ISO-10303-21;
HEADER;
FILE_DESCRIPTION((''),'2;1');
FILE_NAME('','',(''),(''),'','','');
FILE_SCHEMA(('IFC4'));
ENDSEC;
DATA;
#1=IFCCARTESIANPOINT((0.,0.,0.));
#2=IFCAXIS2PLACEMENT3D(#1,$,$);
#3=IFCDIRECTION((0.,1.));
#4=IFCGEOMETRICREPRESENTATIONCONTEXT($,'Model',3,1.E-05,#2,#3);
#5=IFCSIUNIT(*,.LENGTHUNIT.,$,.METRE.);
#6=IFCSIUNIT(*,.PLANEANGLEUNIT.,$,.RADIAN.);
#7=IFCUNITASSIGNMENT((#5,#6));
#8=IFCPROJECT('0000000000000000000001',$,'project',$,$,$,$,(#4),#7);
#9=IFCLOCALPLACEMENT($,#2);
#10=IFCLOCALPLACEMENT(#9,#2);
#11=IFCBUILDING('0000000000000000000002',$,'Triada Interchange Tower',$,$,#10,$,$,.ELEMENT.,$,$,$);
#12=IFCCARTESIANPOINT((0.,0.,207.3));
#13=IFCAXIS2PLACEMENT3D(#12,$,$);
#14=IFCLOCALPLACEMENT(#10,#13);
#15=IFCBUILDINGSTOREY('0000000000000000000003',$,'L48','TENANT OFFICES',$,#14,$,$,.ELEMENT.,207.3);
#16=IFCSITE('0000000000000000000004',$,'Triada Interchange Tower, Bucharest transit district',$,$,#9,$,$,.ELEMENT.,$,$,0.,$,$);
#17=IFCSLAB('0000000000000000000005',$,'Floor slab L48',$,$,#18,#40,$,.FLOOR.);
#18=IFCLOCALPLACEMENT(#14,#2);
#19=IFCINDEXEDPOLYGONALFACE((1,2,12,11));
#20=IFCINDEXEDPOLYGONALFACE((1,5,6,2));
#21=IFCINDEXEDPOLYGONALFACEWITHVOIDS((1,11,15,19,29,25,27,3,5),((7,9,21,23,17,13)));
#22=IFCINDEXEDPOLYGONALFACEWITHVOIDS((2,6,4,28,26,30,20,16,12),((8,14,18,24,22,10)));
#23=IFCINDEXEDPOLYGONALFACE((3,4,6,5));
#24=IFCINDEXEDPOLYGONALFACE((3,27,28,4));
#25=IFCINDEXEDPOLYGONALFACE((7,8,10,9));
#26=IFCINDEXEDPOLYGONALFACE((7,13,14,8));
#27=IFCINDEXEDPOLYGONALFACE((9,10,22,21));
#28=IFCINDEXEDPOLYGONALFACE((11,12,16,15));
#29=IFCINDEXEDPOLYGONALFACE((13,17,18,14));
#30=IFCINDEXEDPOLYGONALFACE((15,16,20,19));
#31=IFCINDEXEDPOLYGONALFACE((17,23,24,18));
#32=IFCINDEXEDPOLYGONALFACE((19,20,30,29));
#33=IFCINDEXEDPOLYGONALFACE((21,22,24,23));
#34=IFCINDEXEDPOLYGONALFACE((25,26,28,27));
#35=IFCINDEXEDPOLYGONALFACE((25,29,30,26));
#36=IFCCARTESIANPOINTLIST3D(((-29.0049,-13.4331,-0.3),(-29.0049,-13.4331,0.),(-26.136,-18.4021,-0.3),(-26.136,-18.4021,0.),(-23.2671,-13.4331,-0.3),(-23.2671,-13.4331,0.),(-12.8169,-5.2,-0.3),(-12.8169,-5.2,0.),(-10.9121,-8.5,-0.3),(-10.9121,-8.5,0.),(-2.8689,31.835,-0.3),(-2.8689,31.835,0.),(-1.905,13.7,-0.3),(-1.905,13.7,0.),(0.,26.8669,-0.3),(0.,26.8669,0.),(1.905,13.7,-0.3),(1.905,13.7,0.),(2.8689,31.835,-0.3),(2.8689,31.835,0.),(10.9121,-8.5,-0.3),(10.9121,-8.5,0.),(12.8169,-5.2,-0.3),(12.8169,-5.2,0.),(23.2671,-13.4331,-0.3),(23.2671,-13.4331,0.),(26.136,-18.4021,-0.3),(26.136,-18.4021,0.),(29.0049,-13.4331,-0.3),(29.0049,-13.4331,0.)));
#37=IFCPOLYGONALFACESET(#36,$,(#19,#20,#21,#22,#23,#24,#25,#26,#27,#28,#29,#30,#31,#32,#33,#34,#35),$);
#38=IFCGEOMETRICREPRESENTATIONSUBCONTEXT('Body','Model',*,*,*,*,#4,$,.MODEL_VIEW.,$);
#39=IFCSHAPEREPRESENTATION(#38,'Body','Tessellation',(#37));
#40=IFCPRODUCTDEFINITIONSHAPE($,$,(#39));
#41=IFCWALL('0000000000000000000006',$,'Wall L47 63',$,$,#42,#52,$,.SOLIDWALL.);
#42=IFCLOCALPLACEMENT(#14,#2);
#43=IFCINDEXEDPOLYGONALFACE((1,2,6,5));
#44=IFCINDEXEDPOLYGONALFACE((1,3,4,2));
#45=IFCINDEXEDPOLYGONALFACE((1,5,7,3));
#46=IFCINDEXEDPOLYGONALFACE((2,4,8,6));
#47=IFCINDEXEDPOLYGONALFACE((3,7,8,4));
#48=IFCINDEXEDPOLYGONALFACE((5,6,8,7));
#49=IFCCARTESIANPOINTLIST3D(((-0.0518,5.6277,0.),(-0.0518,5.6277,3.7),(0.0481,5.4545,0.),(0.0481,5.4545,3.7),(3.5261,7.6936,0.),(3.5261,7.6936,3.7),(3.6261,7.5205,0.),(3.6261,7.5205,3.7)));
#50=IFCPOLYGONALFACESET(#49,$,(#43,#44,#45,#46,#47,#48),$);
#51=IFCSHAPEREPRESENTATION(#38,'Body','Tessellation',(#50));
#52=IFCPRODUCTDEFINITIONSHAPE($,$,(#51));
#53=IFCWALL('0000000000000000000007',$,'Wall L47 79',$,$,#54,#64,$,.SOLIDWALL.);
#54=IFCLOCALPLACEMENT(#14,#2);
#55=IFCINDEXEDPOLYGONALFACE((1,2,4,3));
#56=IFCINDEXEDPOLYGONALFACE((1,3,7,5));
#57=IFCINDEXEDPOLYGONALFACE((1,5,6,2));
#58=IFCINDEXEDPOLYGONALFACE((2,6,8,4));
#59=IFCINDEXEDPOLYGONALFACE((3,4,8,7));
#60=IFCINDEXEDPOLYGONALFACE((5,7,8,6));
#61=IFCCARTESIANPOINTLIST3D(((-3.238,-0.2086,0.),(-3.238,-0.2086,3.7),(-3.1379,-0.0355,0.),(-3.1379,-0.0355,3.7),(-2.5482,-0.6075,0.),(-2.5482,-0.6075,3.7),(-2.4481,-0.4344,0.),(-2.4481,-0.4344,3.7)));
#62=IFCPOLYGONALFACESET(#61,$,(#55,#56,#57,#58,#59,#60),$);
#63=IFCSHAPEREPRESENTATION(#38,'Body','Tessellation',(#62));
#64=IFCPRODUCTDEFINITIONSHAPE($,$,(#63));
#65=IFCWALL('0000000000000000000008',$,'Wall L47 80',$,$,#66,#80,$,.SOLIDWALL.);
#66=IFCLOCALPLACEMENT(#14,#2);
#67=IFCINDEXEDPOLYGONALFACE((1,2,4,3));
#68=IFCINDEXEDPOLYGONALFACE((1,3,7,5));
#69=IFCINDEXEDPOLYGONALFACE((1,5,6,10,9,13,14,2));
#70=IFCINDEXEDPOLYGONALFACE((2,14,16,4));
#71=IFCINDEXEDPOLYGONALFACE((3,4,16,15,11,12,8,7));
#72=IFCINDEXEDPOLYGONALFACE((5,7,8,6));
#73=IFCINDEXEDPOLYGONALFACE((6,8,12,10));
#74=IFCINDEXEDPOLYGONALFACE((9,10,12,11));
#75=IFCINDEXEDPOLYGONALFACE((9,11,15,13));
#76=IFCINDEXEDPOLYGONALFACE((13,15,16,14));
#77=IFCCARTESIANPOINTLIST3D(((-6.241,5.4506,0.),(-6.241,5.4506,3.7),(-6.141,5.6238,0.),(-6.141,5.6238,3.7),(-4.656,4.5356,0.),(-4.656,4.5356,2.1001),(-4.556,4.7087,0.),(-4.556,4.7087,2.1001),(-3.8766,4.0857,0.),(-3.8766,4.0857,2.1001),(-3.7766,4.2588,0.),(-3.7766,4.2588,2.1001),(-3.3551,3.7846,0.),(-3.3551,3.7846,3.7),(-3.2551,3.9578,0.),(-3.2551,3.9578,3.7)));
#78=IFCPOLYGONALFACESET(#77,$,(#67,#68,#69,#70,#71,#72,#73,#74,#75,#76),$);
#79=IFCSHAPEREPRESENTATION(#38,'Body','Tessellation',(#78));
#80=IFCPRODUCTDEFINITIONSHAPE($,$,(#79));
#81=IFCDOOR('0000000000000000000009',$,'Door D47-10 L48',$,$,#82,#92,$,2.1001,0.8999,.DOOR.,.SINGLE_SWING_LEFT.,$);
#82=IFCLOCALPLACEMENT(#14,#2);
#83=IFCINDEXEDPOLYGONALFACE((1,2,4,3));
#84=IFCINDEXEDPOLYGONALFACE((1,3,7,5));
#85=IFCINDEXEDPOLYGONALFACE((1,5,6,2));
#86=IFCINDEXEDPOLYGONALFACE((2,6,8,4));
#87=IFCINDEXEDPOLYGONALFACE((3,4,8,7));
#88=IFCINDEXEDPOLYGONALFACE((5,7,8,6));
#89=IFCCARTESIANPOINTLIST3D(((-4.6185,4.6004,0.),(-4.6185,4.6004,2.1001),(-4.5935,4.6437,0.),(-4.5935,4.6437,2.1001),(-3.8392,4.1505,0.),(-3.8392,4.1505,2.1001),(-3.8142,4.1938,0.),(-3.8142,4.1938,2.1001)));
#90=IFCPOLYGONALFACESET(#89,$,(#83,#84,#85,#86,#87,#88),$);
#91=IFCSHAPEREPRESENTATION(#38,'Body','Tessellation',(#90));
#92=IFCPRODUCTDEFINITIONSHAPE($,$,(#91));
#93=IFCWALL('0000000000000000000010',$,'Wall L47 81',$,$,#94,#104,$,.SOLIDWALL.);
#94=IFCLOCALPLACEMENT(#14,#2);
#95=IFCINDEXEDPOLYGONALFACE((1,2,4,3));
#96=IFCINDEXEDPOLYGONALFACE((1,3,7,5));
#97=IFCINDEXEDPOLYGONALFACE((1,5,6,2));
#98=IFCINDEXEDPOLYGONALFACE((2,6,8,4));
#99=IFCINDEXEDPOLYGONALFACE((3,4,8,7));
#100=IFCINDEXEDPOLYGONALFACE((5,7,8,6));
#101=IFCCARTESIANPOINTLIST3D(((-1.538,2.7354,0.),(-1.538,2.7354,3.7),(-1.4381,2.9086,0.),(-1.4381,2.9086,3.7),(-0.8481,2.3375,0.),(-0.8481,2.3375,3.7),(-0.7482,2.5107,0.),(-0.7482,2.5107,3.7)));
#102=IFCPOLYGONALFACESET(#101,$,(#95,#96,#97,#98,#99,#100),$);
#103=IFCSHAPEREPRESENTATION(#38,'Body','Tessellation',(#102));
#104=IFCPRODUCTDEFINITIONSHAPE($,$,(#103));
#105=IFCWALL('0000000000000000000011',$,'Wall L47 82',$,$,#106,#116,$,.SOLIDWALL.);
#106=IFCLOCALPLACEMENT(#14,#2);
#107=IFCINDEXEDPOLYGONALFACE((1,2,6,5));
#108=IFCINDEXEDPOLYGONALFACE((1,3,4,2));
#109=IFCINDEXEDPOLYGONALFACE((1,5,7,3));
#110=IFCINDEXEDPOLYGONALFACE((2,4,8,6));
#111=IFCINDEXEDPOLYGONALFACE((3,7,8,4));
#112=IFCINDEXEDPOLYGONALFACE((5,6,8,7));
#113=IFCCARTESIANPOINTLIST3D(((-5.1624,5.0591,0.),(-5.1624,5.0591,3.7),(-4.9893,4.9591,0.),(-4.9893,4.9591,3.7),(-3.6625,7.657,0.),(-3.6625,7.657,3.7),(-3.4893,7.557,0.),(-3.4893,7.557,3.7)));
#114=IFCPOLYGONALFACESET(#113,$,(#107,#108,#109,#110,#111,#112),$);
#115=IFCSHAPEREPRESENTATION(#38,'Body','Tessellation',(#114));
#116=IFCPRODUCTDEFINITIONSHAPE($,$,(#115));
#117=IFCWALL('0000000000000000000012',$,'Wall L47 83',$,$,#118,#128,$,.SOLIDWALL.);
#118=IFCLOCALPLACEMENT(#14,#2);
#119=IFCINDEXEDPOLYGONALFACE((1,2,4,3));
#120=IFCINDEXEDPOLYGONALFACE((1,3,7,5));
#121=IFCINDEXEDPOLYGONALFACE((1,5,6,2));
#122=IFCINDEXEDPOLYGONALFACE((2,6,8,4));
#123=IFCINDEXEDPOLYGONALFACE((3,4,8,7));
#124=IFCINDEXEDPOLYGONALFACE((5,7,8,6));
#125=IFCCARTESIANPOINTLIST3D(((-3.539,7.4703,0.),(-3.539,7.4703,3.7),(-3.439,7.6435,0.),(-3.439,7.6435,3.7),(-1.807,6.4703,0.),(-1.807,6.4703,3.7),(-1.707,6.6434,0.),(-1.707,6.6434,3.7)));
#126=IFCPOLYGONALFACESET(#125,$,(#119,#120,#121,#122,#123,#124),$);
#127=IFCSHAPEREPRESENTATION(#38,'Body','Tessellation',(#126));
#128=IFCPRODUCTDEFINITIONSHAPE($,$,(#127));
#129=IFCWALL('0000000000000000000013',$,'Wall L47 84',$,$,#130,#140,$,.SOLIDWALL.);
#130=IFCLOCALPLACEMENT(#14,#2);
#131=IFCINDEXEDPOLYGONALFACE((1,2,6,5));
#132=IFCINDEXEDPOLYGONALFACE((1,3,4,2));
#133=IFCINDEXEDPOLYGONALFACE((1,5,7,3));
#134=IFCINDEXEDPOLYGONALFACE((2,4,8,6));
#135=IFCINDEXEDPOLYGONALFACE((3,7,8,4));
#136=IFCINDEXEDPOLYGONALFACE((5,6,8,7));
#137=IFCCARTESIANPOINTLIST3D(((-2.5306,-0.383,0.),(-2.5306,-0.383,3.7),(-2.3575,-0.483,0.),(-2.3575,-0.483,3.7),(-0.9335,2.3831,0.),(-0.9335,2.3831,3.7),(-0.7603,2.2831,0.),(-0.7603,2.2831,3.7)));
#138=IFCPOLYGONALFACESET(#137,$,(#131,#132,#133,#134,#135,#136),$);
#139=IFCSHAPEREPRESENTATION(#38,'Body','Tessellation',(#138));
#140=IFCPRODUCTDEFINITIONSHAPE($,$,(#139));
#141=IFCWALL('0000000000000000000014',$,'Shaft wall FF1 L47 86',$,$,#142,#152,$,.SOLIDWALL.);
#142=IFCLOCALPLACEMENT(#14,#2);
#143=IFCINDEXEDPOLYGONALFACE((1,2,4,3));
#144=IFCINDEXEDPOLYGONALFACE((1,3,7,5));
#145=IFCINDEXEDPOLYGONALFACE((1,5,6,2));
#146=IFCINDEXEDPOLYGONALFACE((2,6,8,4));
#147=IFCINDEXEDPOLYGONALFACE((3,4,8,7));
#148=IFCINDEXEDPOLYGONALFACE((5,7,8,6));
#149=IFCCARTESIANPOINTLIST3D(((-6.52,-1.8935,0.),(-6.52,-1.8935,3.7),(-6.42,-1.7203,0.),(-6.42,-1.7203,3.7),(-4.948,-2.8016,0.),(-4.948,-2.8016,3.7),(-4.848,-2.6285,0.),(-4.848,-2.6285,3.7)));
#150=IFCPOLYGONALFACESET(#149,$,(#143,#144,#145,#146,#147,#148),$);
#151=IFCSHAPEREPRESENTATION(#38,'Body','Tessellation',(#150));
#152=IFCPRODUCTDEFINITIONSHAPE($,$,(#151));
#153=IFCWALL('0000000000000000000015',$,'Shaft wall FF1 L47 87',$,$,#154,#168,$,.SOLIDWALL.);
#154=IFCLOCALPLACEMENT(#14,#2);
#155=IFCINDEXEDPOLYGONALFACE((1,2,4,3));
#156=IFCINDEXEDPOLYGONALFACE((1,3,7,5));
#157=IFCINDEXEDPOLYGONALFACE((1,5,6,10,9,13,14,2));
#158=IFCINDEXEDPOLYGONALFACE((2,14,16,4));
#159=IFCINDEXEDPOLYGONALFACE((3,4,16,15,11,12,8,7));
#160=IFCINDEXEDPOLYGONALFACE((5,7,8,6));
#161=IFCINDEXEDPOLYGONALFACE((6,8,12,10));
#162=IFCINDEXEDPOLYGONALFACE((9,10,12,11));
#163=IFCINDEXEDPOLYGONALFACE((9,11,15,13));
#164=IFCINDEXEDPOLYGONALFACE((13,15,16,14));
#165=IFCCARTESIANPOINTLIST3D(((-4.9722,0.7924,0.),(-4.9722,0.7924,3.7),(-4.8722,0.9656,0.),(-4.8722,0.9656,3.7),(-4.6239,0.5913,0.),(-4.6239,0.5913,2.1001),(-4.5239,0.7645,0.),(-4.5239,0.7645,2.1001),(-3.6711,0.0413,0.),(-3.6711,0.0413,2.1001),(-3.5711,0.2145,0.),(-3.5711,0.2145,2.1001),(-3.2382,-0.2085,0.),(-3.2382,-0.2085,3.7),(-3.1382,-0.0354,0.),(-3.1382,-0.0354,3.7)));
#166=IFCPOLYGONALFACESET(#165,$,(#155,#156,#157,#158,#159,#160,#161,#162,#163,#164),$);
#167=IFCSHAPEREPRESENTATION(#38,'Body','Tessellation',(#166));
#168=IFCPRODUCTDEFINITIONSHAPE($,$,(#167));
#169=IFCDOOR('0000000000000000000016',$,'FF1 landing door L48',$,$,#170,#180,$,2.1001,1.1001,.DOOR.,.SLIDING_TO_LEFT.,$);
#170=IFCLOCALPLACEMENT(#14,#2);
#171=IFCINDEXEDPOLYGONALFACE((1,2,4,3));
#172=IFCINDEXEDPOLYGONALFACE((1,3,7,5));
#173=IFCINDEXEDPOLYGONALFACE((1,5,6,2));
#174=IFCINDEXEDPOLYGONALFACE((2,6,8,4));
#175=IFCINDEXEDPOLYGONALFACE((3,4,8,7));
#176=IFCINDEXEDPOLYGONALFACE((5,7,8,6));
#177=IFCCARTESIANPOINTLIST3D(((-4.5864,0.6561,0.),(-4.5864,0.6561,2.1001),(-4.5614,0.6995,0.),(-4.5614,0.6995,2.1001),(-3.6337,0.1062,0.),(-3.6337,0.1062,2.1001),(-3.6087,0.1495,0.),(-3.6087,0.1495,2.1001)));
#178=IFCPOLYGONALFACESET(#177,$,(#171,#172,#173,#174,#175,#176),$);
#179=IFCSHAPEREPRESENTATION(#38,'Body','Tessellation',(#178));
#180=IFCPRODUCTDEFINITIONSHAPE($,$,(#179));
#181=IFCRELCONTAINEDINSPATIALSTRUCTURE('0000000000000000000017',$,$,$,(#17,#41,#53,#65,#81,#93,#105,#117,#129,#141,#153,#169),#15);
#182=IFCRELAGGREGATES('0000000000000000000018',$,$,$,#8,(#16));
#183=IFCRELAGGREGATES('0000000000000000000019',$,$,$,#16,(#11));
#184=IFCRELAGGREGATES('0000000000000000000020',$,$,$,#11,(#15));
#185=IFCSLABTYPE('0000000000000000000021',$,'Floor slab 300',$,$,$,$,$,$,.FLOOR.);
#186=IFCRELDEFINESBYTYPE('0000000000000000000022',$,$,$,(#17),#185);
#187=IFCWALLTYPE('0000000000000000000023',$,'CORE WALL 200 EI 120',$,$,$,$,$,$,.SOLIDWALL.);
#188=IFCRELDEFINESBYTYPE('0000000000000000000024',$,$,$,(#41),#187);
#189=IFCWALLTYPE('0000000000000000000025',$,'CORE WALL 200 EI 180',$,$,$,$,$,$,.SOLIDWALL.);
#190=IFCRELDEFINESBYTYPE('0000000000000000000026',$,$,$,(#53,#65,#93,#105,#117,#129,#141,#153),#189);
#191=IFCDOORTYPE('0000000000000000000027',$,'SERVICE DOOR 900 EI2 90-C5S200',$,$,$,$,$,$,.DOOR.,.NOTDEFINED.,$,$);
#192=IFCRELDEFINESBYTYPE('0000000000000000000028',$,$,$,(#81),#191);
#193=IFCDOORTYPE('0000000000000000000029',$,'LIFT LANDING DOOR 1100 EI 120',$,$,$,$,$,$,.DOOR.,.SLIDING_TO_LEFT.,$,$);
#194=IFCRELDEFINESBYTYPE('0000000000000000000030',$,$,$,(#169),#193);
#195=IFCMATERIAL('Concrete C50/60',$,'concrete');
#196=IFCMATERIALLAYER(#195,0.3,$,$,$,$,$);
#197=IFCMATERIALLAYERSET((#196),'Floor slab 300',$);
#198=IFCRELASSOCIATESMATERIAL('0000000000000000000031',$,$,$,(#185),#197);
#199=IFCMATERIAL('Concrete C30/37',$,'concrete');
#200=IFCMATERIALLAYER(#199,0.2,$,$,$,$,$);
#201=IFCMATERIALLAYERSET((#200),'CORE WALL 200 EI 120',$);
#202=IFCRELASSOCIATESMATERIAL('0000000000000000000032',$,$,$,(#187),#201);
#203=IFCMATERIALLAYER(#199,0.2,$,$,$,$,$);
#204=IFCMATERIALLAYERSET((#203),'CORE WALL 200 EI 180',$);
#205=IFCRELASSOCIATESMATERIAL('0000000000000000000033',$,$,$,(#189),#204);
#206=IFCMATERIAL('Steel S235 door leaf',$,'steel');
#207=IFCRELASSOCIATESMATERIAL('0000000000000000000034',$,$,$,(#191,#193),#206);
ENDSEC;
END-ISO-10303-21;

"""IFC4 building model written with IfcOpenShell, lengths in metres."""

from ifc_helpers import new_model, si_unit, direction, frame, frame_2d, origin, place, context, subcontext, project, spatial, polyline, rectangle, outline, extrude, material, layer, layer_set, type_object, element, fill, save


model = new_model("IFC4")

# Units and contexts
model_context = context("Model", 3, precision=1e-05, world=origin(), true_north=direction((0.0, 1.0)))
body_context = subcontext(model_context, "Body", "Model", "MODEL_VIEW")
ifc_project = project(units=[si_unit("LENGTHUNIT", "METRE"), si_unit("PLANEANGLEUNIT", "RADIAN")], contexts=[model_context])

# Site, building, storey
site_placement = place(None, origin())
site = spatial("IfcSite", under=ifc_project, at=site_placement, Name="Triada Interchange Tower, Bucharest transit district", CompositionType="ELEMENT", RefElevation=0.0)
building_placement = place(site_placement, origin())
building = spatial("IfcBuilding", under=site, at=building_placement, Name="Triada Interchange Tower", CompositionType="ELEMENT")
storey_placement = place(building_placement, frame((0.0, 0.0, 207.3)))
storey = spatial("IfcBuildingStorey", under=building, at=storey_placement, Name="L48", Description="TENANT OFFICES", CompositionType="ELEMENT", Elevation=207.3)

# Slab
ifc_material_1 = material(Name="Concrete C50/60", Category="concrete")
ifc_layer_1 = layer(ifc_material_1, 0.3)
ifc_layer_set_1 = layer_set([ifc_layer_1], Name="Floor slab 300")
slab_type = type_object("IfcSlabType", Name="Floor slab 300", PredefinedType="FLOOR", material=ifc_layer_set_1)
slab_placement = place(storey_placement, frame((0.0, 0.0, -0.3)))
element("IfcSlab", 1, at=slab_placement, inside=storey, type_object=slab_type, Name="Floor slab L48", PredefinedType="FLOOR", context=body_context, shape_type="SweptSolid", body=[
    extrude(outline(polyline([(-2.8689, 31.835), (-29.0049, -13.4331), (-23.2671, -13.4331), (-26.136, -18.4021), (26.136, -18.4021), (23.2671, -13.4331), (29.0049, -13.4331), (2.8689, 31.835), (0.0, 26.8669), (-2.8689, 31.835)]), holes=[polyline([(1.905, 13.7), (-1.905, 13.7), (-12.8169, -5.2), (-10.9121, -8.5), (10.9121, -8.5), (12.8169, -5.2), (1.905, 13.7)])]), origin(), (0.0, 0.0, 1.0), 0.3),
])

# Walls
ifc_material_2 = material(Name="Concrete C30/37", Category="concrete")
ifc_layer_2 = layer(ifc_material_2, 0.2)
ifc_layer_set_2 = layer_set([ifc_layer_2], Name="CORE WALL 200 EI 120")
wall_type_1 = type_object("IfcWallType", Name="CORE WALL 200 EI 120", PredefinedType="SOLIDWALL", material=ifc_layer_set_2)
wall_1_placement = place(storey_placement, frame((-0.002, 5.541, 0.0), z_axis=(0.0, 0.0, 1.0), x_axis=(0.866002, 0.500041, 0.0)))
element("IfcWall", 2, at=wall_1_placement, inside=storey, type_object=wall_type_1, Name="Wall L47 63", PredefinedType="SOLIDWALL", context=body_context, shape_type="SweptSolid", body=[
    extrude(rectangle(XDim=4.1316, YDim=0.2, at=frame_2d((2.0659, 0.0))), origin(), (0.0, 0.0, 1.0), 3.7),
])
ifc_layer_3 = layer(ifc_material_2, 0.2)
ifc_layer_set_3 = layer_set([ifc_layer_3], Name="CORE WALL 200 EI 180")
wall_type_2 = type_object("IfcWallType", Name="CORE WALL 200 EI 180", PredefinedType="SOLIDWALL", material=ifc_layer_set_3)
wall_2_placement = place(storey_placement, frame((-3.188, -0.1221, 0.0), z_axis=(0.0, 0.0, 1.0), x_axis=(0.865706, -0.500553, 0.0)))
element("IfcWall", 3, at=wall_2_placement, inside=storey, type_object=wall_type_2, Name="Wall L47 79", PredefinedType="SOLIDWALL", context=body_context, shape_type="SweptSolid", body=[
    extrude(rectangle(XDim=0.7969, YDim=0.2, at=frame_2d((0.3984, 0.0))), origin(), (0.0, 0.0, 1.0), 3.7),
])

# Wall, opening, door
wall_3_placement = place(storey_placement, frame((-6.1909, 5.5371, 0.0), z_axis=(0.0, 0.0, 1.0), x_axis=(0.866053, -0.499953, 0.0)))
wall_3 = element("IfcWall", 4, at=wall_3_placement, inside=storey, type_object=wall_type_2, Name="Wall L47 80", PredefinedType="SOLIDWALL", context=body_context, shape_type="SweptSolid", body=[
    extrude(rectangle(XDim=3.3323, YDim=0.2, at=frame_2d((1.666, 0.0))), origin(), (0.0, 0.0, 1.0), 3.7),
])
opening_1_placement = place(wall_3_placement, frame((1.8301, 0.0, 0.0)))
opening_1 = element("IfcOpeningElement", 5, at=opening_1_placement, cuts=wall_3, PredefinedType="OPENING", context=body_context, shape_type="SweptSolid", body=[
    extrude(rectangle(XDim=0.8999, YDim=2.1001, at=frame_2d((0.45, 1.05))), frame((0.0, 0.1099, 0.0), z_axis=(0.0, -1.0, 0.0), x_axis=(1.0, 0.0, 0.0)), (0.0, 0.0, 1.0), 0.22),
])
ifc_material_3 = material(Name="Steel S235 door leaf", Category="steel")
door_type_1 = type_object("IfcDoorType", Name="SERVICE DOOR 900 EI2 90-C5S200", OperationType="NOTDEFINED", PredefinedType="DOOR", material=ifc_material_3)
door_1_placement = place(opening_1_placement, origin())
door_1 = element("IfcDoor", 6, at=door_1_placement, inside=storey, type_object=door_type_1, Name="Door D47-10 L48", OperationType="SINGLE_SWING_LEFT", OverallHeight=2.1001, OverallWidth=0.8999, PredefinedType="DOOR", context=body_context, shape_type="SweptSolid", body=[
    extrude(rectangle(XDim=0.8999, YDim=2.1001, at=frame_2d((0.45, 1.05))), frame((0.0, 0.0249, 0.0), z_axis=(0.0, -1.0, 0.0), x_axis=(1.0, 0.0, 0.0)), (0.0, 0.0, 1.0), 0.05),
])
fill(opening_1, door_1)

# Walls
wall_4_placement = place(storey_placement, frame((-1.488, 2.822, 0.0), z_axis=(0.0, 0.0, 1.0), x_axis=(0.866237, -0.499634, 0.0)))
element("IfcWall", 7, at=wall_4_placement, inside=storey, type_object=wall_type_2, Name="Wall L47 81", PredefinedType="SOLIDWALL", context=body_context, shape_type="SweptSolid", body=[
    extrude(rectangle(XDim=0.7964, YDim=0.2, at=frame_2d((0.3982, 0.0))), origin(), (0.0, 0.0, 1.0), 3.7),
])
wall_5_placement = place(storey_placement, frame((-5.0759, 5.009, 0.0), z_axis=(0.0, 0.0, 1.0), x_axis=(0.500025, 0.866011, 0.0)))
element("IfcWall", 8, at=wall_5_placement, inside=storey, type_object=wall_type_2, Name="Wall L47 82", PredefinedType="SOLIDWALL", context=body_context, shape_type="SweptSolid", body=[
    extrude(rectangle(XDim=2.9998, YDim=0.2, at=frame_2d((1.5, 0.0))), origin(), (0.0, 0.0, 1.0), 3.7),
])
wall_6_placement = place(storey_placement, frame((-3.489, 7.5569, 0.0), z_axis=(0.0, 0.0, 1.0), x_axis=(0.866011, -0.500025, 0.0)))
element("IfcWall", 9, at=wall_6_placement, inside=storey, type_object=wall_type_2, Name="Wall L47 83", PredefinedType="SOLIDWALL", context=body_context, shape_type="SweptSolid", body=[
    extrude(rectangle(XDim=2.0, YDim=0.2, at=frame_2d((1.0, 0.0))), origin(), (0.0, 0.0, 1.0), 3.7),
])
wall_7_placement = place(storey_placement, frame((-2.4441, -0.4331, 0.0), z_axis=(0.0, 0.0, 1.0), x_axis=(0.500036, 0.866005, 0.0)))
element("IfcWall", 10, at=wall_7_placement, inside=storey, type_object=wall_type_2, Name="Wall L47 84", PredefinedType="SOLIDWALL", context=body_context, shape_type="SweptSolid", body=[
    extrude(rectangle(XDim=3.1941, YDim=0.2, at=frame_2d((1.5972, 0.0))), origin(), (0.0, 0.0, 1.0), 3.7),
])
wall_8_placement = place(storey_placement, frame((-6.47, -1.8069, 0.0), z_axis=(0.0, 0.0, 1.0), x_axis=(0.865883, -0.500246, 0.0)))
element("IfcWall", 11, at=wall_8_placement, inside=storey, type_object=wall_type_2, Name="Shaft wall FF1 L47 86", PredefinedType="SOLIDWALL", context=body_context, shape_type="SweptSolid", body=[
    extrude(rectangle(XDim=1.8154, YDim=0.2, at=frame_2d((0.9077, 0.0))), origin(), (0.0, 0.0, 1.0), 3.7),
])

# Wall, opening, door
wall_9_placement = place(storey_placement, frame((-4.9221, 0.8789, 0.0), z_axis=(0.0, 0.0, 1.0), x_axis=(0.866074, -0.499916, 0.0)))
wall_9 = element("IfcWall", 12, at=wall_9_placement, inside=storey, type_object=wall_type_2, Name="Shaft wall FF1 L47 87", PredefinedType="SOLIDWALL", context=body_context, shape_type="SweptSolid", body=[
    extrude(rectangle(XDim=2.0022, YDim=0.2, at=frame_2d((1.001, 0.0))), origin(), (0.0, 0.0, 1.0), 3.7),
])
opening_2_placement = place(wall_9_placement, frame((0.4021, 0.0, 0.0)))
opening_2 = element("IfcOpeningElement", 13, at=opening_2_placement, cuts=wall_9, PredefinedType="OPENING", context=body_context, shape_type="SweptSolid", body=[
    extrude(rectangle(XDim=1.1001, YDim=2.1001, at=frame_2d((0.55, 1.05))), frame((0.0, 0.1099, 0.0), z_axis=(0.0, -1.0, 0.0), x_axis=(1.0, 0.0, 0.0)), (0.0, 0.0, 1.0), 0.22),
])
door_type_2 = type_object("IfcDoorType", Name="LIFT LANDING DOOR 1100 EI 120", OperationType="SLIDING_TO_LEFT", PredefinedType="DOOR", material=ifc_material_3)
door_2_placement = place(opening_2_placement, origin())
door_2 = element("IfcDoor", 14, at=door_2_placement, inside=storey, type_object=door_type_2, Name="FF1 landing door L48", OperationType="SLIDING_TO_LEFT", OverallHeight=2.1001, OverallWidth=1.1001, PredefinedType="DOOR", context=body_context, shape_type="SweptSolid", body=[
    extrude(rectangle(XDim=1.1001, YDim=2.1001, at=frame_2d((0.55, 1.05))), frame((0.0, 0.0249, 0.0), z_axis=(0.0, -1.0, 0.0), x_axis=(1.0, 0.0, 0.0)), (0.0, 0.0, 1.0), 0.05),
])
fill(opening_2, door_2)

save(model, "model.ifc")
